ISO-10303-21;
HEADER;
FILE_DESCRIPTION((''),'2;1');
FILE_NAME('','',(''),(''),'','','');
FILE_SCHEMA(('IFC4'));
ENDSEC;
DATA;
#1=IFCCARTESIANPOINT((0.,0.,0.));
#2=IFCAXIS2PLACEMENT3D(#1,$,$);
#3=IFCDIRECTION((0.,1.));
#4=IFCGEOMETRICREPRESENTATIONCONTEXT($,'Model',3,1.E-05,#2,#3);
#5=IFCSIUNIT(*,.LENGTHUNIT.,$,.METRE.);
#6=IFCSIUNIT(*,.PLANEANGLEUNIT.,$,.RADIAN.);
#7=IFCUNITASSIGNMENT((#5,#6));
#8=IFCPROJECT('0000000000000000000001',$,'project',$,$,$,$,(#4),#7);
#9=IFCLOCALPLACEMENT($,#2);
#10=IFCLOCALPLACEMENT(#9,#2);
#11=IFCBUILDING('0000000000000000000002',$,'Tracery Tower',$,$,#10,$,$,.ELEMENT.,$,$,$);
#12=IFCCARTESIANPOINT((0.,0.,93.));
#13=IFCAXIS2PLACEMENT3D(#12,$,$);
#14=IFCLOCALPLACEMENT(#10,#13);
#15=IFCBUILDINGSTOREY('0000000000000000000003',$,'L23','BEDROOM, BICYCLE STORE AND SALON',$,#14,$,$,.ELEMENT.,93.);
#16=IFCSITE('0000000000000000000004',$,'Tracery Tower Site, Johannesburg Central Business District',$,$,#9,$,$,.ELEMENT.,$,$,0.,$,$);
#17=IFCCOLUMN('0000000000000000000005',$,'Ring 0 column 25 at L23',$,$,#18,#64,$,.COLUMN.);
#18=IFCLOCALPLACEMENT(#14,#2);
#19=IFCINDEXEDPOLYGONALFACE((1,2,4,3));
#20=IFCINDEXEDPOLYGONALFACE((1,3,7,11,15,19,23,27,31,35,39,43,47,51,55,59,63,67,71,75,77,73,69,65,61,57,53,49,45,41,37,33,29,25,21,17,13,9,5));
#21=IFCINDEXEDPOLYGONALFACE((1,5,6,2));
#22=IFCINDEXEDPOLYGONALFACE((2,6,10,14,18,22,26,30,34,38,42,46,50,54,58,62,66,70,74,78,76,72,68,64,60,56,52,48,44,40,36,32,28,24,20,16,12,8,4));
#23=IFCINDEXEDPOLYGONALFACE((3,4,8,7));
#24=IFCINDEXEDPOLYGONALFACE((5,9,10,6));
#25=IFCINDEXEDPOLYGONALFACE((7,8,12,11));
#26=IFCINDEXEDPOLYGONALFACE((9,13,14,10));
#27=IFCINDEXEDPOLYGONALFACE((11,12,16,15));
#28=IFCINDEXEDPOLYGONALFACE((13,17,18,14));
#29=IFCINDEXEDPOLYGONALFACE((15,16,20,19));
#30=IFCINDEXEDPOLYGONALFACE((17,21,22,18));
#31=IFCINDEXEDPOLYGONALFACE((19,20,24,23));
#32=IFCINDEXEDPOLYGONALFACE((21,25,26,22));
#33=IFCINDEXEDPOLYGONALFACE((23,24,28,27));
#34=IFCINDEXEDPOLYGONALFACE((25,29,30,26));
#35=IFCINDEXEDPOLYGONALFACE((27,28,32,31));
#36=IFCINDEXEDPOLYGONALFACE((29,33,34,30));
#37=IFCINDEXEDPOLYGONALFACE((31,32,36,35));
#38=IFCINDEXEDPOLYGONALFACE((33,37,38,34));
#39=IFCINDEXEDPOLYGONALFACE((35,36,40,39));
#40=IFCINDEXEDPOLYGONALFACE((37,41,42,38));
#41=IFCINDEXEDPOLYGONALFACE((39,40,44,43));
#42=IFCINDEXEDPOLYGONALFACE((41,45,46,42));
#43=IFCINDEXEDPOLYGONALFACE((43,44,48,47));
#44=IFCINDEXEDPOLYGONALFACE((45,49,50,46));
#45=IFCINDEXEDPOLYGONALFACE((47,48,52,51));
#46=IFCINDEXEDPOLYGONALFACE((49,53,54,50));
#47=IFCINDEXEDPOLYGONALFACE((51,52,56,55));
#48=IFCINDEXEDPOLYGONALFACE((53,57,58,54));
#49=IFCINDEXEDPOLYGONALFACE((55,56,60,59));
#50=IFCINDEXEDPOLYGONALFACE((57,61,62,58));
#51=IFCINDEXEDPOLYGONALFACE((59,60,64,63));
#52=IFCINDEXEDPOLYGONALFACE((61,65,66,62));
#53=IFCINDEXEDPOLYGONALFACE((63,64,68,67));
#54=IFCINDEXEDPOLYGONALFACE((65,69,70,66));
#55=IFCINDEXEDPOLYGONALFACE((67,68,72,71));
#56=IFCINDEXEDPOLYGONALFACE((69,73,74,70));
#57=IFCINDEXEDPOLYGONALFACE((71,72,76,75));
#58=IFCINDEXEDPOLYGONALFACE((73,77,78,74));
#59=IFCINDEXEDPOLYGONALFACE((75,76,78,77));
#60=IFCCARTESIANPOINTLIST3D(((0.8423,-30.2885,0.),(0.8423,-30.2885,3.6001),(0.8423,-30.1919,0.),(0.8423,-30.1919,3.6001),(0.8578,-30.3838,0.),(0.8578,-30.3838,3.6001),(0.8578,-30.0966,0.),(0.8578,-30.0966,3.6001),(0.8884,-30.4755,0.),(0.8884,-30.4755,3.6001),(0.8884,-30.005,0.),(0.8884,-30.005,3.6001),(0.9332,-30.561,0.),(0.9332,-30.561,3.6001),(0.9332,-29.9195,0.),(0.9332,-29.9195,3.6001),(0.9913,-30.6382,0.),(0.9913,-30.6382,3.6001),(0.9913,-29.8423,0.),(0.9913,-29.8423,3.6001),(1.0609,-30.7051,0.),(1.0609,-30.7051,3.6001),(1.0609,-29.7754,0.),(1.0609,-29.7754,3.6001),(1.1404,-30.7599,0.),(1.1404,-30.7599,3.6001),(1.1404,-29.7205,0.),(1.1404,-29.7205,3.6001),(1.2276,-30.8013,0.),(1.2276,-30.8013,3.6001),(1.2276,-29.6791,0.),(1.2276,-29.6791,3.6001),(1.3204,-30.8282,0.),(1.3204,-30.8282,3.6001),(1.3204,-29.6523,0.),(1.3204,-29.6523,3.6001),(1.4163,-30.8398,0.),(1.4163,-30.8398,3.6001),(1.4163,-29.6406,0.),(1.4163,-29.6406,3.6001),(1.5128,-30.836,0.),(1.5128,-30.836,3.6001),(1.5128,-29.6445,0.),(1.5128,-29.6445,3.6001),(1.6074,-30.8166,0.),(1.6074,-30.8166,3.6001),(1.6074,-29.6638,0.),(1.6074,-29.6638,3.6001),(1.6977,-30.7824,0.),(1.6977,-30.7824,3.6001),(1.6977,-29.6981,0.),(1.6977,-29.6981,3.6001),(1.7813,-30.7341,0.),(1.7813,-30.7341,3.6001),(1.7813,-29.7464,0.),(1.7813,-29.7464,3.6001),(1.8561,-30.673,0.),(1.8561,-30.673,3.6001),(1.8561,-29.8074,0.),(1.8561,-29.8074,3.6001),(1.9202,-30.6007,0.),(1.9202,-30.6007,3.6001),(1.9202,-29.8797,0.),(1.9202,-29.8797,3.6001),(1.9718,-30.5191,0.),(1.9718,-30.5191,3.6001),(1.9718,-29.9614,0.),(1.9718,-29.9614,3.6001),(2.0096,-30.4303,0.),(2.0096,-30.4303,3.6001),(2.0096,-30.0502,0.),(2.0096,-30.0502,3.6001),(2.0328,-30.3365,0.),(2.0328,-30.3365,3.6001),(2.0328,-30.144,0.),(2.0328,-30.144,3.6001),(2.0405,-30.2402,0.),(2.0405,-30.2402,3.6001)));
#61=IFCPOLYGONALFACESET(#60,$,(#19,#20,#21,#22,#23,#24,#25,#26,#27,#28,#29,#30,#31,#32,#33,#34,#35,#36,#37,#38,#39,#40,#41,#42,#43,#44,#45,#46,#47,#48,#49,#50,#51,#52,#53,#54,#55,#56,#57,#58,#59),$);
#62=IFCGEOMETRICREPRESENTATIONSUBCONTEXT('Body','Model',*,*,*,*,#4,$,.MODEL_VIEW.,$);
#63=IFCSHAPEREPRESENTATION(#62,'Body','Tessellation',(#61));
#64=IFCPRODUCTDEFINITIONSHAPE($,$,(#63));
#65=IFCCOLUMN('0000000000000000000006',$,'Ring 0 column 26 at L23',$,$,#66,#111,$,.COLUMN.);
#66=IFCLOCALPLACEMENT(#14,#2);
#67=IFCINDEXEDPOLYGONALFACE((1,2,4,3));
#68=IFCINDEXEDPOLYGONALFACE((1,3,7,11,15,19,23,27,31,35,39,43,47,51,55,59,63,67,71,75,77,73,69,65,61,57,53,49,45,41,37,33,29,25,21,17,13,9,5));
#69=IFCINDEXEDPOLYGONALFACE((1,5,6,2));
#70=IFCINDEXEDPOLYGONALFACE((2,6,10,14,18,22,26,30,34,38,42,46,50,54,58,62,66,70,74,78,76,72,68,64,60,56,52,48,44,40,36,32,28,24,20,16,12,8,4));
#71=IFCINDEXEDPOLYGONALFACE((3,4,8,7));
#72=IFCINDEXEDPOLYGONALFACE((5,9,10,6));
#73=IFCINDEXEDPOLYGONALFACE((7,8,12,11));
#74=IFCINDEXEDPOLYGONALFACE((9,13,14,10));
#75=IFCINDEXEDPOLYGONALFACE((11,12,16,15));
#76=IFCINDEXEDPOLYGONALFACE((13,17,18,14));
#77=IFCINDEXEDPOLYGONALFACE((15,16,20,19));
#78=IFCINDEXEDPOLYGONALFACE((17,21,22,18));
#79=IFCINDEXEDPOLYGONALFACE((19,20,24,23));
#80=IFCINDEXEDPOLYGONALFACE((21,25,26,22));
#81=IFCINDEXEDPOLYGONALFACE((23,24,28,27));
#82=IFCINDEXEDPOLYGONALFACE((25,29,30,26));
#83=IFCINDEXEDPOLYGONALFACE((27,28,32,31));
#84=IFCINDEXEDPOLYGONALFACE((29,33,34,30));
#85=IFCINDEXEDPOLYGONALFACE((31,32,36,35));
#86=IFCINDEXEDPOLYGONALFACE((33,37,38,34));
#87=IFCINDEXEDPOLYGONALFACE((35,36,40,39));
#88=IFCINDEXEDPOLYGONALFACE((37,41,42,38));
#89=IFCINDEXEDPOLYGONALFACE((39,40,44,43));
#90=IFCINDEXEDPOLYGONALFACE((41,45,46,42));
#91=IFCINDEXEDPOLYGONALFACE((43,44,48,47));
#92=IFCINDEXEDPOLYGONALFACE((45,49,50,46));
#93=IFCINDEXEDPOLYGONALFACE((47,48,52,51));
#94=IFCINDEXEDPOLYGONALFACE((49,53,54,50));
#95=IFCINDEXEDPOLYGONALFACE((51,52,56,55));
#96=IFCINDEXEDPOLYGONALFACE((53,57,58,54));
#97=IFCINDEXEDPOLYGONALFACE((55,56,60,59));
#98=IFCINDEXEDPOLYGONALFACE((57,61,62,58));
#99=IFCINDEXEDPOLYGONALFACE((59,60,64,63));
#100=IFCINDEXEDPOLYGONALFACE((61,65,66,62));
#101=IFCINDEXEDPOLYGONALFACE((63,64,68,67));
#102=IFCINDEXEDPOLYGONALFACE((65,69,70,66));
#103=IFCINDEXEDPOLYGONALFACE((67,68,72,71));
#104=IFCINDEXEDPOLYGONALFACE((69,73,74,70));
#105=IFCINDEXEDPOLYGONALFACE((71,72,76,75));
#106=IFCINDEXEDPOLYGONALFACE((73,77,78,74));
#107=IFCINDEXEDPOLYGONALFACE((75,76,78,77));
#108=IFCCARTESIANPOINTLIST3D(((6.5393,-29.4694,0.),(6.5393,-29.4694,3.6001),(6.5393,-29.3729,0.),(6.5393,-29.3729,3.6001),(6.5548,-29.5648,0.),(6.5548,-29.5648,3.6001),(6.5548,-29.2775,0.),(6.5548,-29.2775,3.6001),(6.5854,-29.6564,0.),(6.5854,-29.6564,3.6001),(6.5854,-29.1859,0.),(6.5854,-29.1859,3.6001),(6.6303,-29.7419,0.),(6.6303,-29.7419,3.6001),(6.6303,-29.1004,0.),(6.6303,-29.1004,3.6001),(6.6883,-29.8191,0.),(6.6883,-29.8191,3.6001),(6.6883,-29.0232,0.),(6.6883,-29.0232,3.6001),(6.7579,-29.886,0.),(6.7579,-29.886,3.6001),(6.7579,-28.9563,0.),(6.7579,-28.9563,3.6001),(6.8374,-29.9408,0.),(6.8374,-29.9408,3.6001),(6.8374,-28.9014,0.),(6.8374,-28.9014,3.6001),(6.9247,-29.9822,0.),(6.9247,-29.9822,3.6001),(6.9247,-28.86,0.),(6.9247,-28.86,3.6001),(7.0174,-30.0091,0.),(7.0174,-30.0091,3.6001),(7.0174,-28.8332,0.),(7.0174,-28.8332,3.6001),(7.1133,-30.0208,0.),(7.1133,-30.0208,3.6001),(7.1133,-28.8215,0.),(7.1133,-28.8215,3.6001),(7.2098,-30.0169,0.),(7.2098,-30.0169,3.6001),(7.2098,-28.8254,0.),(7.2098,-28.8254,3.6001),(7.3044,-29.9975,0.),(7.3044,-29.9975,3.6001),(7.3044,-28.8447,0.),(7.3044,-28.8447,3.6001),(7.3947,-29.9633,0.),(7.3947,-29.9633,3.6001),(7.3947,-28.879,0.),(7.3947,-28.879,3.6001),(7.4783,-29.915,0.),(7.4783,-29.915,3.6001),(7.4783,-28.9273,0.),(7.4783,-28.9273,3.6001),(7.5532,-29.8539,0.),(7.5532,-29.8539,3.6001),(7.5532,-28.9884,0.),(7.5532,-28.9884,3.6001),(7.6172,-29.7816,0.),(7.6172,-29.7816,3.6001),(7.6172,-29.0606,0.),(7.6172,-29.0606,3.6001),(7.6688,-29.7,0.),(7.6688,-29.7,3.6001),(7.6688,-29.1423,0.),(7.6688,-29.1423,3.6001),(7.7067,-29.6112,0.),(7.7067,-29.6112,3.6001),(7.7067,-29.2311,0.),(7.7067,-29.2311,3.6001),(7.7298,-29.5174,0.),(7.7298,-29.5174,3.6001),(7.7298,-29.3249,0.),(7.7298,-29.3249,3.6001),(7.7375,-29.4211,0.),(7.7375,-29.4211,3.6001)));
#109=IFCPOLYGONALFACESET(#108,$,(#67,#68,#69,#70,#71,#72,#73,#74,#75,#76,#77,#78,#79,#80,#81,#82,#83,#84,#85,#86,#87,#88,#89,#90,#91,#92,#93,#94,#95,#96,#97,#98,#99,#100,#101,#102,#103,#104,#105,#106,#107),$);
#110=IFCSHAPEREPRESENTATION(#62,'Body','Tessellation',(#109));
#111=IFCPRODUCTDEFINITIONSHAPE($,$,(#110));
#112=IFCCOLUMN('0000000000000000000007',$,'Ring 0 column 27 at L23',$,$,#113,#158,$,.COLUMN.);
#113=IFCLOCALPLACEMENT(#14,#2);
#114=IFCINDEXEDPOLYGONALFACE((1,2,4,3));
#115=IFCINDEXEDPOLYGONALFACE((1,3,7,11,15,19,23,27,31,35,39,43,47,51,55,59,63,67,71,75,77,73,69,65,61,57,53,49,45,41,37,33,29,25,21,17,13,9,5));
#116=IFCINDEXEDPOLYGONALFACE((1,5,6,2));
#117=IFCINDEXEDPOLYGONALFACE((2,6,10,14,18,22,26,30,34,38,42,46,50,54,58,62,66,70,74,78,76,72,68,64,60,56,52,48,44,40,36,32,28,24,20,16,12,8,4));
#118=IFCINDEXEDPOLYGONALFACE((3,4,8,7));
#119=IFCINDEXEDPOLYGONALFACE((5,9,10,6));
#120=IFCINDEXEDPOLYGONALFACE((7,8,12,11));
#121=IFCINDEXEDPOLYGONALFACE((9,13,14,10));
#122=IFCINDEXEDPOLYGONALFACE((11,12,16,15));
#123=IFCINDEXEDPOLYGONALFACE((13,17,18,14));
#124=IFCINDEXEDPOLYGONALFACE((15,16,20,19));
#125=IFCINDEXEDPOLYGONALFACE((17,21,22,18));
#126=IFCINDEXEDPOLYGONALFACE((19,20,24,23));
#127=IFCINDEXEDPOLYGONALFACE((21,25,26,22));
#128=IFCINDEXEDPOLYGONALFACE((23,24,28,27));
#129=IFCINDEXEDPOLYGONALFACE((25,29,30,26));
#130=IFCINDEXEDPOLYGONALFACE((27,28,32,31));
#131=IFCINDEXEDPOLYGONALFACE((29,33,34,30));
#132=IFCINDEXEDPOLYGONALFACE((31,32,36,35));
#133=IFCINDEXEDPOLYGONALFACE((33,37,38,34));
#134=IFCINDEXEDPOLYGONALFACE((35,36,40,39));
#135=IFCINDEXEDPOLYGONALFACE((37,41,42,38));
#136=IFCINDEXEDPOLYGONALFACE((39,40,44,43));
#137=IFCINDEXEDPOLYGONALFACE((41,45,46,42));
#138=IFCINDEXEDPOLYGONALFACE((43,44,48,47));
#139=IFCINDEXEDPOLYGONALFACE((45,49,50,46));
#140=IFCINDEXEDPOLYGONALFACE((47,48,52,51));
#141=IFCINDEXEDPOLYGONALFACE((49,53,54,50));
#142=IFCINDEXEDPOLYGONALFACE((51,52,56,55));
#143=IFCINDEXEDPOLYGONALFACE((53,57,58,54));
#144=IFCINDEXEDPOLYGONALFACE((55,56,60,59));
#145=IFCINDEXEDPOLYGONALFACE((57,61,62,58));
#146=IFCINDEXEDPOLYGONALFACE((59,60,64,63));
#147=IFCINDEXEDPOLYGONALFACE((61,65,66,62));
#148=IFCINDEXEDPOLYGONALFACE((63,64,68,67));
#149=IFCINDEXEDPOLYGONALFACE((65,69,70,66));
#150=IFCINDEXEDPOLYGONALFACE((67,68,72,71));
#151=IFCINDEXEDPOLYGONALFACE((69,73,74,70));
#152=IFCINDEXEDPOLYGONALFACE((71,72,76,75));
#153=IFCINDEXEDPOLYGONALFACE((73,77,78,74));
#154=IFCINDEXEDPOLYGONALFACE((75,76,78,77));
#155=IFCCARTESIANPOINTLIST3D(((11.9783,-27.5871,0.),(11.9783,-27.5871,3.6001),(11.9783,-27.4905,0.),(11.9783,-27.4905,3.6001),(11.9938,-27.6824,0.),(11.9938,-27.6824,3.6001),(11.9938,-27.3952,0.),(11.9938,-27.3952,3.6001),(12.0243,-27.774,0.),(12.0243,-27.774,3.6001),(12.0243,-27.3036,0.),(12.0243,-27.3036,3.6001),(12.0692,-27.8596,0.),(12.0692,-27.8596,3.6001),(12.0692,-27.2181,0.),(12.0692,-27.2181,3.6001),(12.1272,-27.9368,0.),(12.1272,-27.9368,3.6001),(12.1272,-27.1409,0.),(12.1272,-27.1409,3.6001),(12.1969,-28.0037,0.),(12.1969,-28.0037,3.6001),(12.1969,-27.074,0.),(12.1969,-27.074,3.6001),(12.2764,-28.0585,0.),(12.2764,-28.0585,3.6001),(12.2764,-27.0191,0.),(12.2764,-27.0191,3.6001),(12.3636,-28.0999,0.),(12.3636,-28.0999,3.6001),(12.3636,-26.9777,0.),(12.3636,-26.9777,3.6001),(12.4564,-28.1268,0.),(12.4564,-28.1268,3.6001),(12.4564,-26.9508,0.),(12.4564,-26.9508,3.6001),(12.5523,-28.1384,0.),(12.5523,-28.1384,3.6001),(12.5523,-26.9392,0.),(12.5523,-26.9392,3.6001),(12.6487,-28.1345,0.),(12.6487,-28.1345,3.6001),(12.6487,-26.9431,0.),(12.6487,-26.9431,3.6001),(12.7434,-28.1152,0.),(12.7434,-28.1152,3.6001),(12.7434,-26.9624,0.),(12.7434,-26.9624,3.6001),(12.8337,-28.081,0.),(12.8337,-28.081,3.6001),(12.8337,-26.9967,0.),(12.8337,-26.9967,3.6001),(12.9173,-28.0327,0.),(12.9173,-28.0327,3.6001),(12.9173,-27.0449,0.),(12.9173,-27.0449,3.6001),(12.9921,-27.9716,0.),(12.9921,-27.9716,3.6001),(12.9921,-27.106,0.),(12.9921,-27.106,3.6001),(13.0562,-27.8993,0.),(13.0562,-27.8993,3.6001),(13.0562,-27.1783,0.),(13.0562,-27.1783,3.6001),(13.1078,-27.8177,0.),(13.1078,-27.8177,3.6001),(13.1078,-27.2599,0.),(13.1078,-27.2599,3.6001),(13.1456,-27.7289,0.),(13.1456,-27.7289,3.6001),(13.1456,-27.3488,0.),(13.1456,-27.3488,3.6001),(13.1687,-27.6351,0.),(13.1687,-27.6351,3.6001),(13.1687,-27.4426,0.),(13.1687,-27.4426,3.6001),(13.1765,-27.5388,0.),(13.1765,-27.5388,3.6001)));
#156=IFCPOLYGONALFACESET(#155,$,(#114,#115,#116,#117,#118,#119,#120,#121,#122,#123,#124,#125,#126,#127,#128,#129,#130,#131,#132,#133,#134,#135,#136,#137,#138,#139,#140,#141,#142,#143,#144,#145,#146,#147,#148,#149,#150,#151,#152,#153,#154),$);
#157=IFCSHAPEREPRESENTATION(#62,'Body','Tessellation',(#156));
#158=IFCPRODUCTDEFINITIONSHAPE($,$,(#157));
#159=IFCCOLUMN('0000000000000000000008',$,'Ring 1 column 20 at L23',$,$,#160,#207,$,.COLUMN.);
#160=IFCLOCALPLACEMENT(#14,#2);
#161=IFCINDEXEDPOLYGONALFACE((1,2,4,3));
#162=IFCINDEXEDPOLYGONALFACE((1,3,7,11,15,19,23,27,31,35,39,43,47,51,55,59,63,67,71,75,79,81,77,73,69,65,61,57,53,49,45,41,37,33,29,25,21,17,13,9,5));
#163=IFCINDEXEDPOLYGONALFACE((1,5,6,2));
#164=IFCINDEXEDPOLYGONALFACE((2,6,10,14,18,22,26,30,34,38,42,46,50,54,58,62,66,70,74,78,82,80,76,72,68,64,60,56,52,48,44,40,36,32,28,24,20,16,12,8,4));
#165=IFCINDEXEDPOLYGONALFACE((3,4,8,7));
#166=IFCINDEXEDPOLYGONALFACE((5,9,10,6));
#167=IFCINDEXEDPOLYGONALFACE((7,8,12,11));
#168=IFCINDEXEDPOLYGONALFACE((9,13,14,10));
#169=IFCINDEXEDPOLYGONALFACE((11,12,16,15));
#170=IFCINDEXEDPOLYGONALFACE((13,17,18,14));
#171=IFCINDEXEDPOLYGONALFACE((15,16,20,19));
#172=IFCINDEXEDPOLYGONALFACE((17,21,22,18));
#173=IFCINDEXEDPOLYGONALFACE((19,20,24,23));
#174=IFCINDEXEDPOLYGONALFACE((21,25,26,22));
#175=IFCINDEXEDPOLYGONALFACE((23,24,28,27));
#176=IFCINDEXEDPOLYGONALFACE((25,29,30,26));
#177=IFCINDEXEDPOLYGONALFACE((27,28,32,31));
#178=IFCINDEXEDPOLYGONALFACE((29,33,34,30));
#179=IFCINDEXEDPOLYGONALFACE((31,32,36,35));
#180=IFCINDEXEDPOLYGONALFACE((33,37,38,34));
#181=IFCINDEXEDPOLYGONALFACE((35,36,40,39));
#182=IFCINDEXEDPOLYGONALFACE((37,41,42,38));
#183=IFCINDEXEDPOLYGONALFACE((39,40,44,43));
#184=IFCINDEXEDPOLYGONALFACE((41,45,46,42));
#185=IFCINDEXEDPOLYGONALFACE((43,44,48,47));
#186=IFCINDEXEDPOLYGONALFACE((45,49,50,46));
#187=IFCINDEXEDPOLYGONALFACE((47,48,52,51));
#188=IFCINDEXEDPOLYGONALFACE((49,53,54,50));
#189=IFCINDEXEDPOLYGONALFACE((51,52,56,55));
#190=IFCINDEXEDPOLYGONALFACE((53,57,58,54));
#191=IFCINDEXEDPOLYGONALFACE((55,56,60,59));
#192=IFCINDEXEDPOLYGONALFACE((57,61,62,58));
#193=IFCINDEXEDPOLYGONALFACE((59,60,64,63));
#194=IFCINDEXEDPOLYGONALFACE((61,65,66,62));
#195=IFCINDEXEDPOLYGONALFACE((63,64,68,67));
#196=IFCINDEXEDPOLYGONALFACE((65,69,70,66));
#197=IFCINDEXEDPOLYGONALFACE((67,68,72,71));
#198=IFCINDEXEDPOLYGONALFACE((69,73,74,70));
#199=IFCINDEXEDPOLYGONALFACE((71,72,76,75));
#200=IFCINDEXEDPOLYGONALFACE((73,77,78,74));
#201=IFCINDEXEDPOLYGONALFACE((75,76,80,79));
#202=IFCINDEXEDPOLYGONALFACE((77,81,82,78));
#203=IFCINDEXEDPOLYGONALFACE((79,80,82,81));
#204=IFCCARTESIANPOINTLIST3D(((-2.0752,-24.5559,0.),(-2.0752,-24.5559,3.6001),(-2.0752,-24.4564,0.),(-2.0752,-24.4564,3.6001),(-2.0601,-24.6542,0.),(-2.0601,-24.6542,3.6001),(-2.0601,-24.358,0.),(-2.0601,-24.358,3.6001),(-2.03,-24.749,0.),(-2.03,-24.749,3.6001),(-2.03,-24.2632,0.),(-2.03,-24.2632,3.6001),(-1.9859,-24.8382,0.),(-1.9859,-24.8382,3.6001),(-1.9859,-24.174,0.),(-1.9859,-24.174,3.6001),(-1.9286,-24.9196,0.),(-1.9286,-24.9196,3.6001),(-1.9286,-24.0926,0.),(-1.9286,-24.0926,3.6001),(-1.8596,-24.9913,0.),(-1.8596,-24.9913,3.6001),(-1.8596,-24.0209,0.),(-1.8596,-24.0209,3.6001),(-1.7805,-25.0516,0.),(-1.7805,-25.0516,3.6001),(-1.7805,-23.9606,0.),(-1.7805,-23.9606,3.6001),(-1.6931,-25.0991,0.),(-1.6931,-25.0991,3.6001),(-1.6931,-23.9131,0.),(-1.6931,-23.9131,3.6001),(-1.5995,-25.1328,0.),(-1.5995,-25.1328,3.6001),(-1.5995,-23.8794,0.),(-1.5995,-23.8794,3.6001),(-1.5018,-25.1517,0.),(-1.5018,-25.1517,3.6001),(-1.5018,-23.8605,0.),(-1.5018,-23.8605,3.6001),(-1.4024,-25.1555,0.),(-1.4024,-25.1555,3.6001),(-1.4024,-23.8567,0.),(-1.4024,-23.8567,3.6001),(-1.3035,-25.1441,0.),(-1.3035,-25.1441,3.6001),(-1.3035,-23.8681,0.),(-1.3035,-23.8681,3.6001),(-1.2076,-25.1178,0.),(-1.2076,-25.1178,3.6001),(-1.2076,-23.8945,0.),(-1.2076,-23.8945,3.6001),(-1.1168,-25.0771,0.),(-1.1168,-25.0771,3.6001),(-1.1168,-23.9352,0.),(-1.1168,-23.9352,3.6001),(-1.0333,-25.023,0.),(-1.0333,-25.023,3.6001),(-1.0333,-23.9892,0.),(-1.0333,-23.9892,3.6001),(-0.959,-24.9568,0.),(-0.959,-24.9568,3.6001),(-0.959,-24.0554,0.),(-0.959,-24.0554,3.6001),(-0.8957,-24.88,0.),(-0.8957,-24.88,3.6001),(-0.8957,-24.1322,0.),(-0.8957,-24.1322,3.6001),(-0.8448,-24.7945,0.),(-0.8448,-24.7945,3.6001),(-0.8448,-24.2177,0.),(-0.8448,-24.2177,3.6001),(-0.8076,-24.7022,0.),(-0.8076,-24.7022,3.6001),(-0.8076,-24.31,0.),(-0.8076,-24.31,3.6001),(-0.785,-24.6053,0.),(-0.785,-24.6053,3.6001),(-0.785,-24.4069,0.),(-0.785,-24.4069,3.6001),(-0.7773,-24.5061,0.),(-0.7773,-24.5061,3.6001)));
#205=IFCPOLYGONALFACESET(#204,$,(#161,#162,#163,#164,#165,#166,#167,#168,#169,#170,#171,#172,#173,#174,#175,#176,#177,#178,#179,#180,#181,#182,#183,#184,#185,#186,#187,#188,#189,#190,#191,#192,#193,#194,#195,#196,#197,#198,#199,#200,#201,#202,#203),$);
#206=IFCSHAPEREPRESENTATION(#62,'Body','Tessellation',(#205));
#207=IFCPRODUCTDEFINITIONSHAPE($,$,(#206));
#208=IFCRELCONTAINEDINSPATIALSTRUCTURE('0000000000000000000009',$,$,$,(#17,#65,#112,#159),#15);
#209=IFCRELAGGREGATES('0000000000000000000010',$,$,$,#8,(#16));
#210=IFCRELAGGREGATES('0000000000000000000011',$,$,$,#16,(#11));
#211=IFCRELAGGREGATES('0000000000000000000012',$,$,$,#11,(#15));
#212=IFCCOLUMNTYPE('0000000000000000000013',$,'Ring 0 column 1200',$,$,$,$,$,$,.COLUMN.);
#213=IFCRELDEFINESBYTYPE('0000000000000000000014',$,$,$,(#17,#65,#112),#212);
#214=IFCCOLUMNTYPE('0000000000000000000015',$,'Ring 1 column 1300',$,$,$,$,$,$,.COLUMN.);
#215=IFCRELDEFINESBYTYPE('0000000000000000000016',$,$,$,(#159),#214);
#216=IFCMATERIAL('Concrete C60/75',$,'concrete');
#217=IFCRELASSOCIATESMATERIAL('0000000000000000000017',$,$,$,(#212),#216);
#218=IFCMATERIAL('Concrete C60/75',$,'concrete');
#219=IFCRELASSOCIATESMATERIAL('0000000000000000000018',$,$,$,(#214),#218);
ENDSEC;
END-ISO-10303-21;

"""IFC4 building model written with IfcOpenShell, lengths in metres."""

from ifc_helpers import new_model, si_unit, direction, frame, origin, origin_2d, place, context, subcontext, project, spatial, circle, extrude, material, material_profile, profile_set, type_object, element, save


model = new_model("IFC4")

# Units and contexts
model_context = context("Model", 3, precision=1e-05, world=origin(), true_north=direction((0.0, 1.0)))
body_context = subcontext(model_context, "Body", "Model", "MODEL_VIEW")
ifc_project = project(units=[si_unit("LENGTHUNIT", "METRE"), si_unit("PLANEANGLEUNIT", "RADIAN")], contexts=[model_context])

# Site, building, storey
site_placement = place(None, origin())
site = spatial("IfcSite", under=ifc_project, at=site_placement, Name="Tracery Tower Site, Johannesburg Central Business District", CompositionType="ELEMENT", RefElevation=0.0)
building_placement = place(site_placement, origin())
building = spatial("IfcBuilding", under=site, at=building_placement, Name="Tracery Tower", CompositionType="ELEMENT")
storey_placement = place(building_placement, frame((0.0, 0.0, 93.0)))
storey = spatial("IfcBuildingStorey", under=building, at=storey_placement, Name="L23", Description="BEDROOM, BICYCLE STORE AND SALON", CompositionType="ELEMENT", Elevation=93.0)

# Columns
ifc_material_1 = material(Name="Concrete C60/75", Category="concrete")
ifc_material_profile_1 = material_profile(ifc_material_1, circle(Radius=0.6001, at=origin_2d()), Name="RC D1200")
ifc_profile_set_1 = profile_set([ifc_material_profile_1], Name="Concrete C60/75")
column_type_1 = type_object("IfcColumnType", Name="Ring 0 column 1200", PredefinedType="COLUMN", material=ifc_profile_set_1)
for number, where, z_axis, x_axis, name in (
    (1, (1.4404, -30.2402, 0.0), (0.0, 0.0, 1.0), (1.0, 0.0, 0.0), "Ring 0 column 25 at L23"),
    (2, (7.1375, -29.4211, 0.0), (0.0, 0.0, 1.0), (1.0, 0.0, 0.0), "Ring 0 column 26 at L23"),
    (3, (12.5764, -27.5388, 0.0), (0.0, 0.0, 1.0), (1.0, 0.0, 0.0), "Ring 0 column 27 at L23"),
):
    element("IfcColumn", number, at=place(storey_placement, frame(where, z_axis=z_axis, x_axis=x_axis)), inside=storey, type_object=column_type_1, Name=name, PredefinedType="COLUMN", context=body_context, shape_type="SweptSolid", body=[
        extrude(circle(Radius=0.6001, at=origin_2d()), origin(), (0.0, 0.0, 1.0), 3.6001),
    ])
ifc_material_2 = material(Name="Concrete C60/75", Category="concrete")
ifc_material_profile_2 = material_profile(ifc_material_2, circle(Radius=0.6499, at=origin_2d()), Name="RC D1300")
ifc_profile_set_2 = profile_set([ifc_material_profile_2], Name="Concrete C60/75")
column_type_2 = type_object("IfcColumnType", Name="Ring 1 column 1300", PredefinedType="COLUMN", material=ifc_profile_set_2)
for number, where, z_axis, x_axis, name in (
    (4, (-1.4272, -24.5061, 0.0), (0.0, 0.0, 1.0), (1.0, 0.0, 0.0), "Ring 1 column 20 at L23"),
):
    element("IfcColumn", number, at=place(storey_placement, frame(where, z_axis=z_axis, x_axis=x_axis)), inside=storey, type_object=column_type_2, Name=name, PredefinedType="COLUMN", context=body_context, shape_type="SweptSolid", body=[
        extrude(circle(Radius=0.6499, at=origin_2d()), origin(), (0.0, 0.0, 1.0), 3.6001),
    ])

save(model, "model.ifc")
